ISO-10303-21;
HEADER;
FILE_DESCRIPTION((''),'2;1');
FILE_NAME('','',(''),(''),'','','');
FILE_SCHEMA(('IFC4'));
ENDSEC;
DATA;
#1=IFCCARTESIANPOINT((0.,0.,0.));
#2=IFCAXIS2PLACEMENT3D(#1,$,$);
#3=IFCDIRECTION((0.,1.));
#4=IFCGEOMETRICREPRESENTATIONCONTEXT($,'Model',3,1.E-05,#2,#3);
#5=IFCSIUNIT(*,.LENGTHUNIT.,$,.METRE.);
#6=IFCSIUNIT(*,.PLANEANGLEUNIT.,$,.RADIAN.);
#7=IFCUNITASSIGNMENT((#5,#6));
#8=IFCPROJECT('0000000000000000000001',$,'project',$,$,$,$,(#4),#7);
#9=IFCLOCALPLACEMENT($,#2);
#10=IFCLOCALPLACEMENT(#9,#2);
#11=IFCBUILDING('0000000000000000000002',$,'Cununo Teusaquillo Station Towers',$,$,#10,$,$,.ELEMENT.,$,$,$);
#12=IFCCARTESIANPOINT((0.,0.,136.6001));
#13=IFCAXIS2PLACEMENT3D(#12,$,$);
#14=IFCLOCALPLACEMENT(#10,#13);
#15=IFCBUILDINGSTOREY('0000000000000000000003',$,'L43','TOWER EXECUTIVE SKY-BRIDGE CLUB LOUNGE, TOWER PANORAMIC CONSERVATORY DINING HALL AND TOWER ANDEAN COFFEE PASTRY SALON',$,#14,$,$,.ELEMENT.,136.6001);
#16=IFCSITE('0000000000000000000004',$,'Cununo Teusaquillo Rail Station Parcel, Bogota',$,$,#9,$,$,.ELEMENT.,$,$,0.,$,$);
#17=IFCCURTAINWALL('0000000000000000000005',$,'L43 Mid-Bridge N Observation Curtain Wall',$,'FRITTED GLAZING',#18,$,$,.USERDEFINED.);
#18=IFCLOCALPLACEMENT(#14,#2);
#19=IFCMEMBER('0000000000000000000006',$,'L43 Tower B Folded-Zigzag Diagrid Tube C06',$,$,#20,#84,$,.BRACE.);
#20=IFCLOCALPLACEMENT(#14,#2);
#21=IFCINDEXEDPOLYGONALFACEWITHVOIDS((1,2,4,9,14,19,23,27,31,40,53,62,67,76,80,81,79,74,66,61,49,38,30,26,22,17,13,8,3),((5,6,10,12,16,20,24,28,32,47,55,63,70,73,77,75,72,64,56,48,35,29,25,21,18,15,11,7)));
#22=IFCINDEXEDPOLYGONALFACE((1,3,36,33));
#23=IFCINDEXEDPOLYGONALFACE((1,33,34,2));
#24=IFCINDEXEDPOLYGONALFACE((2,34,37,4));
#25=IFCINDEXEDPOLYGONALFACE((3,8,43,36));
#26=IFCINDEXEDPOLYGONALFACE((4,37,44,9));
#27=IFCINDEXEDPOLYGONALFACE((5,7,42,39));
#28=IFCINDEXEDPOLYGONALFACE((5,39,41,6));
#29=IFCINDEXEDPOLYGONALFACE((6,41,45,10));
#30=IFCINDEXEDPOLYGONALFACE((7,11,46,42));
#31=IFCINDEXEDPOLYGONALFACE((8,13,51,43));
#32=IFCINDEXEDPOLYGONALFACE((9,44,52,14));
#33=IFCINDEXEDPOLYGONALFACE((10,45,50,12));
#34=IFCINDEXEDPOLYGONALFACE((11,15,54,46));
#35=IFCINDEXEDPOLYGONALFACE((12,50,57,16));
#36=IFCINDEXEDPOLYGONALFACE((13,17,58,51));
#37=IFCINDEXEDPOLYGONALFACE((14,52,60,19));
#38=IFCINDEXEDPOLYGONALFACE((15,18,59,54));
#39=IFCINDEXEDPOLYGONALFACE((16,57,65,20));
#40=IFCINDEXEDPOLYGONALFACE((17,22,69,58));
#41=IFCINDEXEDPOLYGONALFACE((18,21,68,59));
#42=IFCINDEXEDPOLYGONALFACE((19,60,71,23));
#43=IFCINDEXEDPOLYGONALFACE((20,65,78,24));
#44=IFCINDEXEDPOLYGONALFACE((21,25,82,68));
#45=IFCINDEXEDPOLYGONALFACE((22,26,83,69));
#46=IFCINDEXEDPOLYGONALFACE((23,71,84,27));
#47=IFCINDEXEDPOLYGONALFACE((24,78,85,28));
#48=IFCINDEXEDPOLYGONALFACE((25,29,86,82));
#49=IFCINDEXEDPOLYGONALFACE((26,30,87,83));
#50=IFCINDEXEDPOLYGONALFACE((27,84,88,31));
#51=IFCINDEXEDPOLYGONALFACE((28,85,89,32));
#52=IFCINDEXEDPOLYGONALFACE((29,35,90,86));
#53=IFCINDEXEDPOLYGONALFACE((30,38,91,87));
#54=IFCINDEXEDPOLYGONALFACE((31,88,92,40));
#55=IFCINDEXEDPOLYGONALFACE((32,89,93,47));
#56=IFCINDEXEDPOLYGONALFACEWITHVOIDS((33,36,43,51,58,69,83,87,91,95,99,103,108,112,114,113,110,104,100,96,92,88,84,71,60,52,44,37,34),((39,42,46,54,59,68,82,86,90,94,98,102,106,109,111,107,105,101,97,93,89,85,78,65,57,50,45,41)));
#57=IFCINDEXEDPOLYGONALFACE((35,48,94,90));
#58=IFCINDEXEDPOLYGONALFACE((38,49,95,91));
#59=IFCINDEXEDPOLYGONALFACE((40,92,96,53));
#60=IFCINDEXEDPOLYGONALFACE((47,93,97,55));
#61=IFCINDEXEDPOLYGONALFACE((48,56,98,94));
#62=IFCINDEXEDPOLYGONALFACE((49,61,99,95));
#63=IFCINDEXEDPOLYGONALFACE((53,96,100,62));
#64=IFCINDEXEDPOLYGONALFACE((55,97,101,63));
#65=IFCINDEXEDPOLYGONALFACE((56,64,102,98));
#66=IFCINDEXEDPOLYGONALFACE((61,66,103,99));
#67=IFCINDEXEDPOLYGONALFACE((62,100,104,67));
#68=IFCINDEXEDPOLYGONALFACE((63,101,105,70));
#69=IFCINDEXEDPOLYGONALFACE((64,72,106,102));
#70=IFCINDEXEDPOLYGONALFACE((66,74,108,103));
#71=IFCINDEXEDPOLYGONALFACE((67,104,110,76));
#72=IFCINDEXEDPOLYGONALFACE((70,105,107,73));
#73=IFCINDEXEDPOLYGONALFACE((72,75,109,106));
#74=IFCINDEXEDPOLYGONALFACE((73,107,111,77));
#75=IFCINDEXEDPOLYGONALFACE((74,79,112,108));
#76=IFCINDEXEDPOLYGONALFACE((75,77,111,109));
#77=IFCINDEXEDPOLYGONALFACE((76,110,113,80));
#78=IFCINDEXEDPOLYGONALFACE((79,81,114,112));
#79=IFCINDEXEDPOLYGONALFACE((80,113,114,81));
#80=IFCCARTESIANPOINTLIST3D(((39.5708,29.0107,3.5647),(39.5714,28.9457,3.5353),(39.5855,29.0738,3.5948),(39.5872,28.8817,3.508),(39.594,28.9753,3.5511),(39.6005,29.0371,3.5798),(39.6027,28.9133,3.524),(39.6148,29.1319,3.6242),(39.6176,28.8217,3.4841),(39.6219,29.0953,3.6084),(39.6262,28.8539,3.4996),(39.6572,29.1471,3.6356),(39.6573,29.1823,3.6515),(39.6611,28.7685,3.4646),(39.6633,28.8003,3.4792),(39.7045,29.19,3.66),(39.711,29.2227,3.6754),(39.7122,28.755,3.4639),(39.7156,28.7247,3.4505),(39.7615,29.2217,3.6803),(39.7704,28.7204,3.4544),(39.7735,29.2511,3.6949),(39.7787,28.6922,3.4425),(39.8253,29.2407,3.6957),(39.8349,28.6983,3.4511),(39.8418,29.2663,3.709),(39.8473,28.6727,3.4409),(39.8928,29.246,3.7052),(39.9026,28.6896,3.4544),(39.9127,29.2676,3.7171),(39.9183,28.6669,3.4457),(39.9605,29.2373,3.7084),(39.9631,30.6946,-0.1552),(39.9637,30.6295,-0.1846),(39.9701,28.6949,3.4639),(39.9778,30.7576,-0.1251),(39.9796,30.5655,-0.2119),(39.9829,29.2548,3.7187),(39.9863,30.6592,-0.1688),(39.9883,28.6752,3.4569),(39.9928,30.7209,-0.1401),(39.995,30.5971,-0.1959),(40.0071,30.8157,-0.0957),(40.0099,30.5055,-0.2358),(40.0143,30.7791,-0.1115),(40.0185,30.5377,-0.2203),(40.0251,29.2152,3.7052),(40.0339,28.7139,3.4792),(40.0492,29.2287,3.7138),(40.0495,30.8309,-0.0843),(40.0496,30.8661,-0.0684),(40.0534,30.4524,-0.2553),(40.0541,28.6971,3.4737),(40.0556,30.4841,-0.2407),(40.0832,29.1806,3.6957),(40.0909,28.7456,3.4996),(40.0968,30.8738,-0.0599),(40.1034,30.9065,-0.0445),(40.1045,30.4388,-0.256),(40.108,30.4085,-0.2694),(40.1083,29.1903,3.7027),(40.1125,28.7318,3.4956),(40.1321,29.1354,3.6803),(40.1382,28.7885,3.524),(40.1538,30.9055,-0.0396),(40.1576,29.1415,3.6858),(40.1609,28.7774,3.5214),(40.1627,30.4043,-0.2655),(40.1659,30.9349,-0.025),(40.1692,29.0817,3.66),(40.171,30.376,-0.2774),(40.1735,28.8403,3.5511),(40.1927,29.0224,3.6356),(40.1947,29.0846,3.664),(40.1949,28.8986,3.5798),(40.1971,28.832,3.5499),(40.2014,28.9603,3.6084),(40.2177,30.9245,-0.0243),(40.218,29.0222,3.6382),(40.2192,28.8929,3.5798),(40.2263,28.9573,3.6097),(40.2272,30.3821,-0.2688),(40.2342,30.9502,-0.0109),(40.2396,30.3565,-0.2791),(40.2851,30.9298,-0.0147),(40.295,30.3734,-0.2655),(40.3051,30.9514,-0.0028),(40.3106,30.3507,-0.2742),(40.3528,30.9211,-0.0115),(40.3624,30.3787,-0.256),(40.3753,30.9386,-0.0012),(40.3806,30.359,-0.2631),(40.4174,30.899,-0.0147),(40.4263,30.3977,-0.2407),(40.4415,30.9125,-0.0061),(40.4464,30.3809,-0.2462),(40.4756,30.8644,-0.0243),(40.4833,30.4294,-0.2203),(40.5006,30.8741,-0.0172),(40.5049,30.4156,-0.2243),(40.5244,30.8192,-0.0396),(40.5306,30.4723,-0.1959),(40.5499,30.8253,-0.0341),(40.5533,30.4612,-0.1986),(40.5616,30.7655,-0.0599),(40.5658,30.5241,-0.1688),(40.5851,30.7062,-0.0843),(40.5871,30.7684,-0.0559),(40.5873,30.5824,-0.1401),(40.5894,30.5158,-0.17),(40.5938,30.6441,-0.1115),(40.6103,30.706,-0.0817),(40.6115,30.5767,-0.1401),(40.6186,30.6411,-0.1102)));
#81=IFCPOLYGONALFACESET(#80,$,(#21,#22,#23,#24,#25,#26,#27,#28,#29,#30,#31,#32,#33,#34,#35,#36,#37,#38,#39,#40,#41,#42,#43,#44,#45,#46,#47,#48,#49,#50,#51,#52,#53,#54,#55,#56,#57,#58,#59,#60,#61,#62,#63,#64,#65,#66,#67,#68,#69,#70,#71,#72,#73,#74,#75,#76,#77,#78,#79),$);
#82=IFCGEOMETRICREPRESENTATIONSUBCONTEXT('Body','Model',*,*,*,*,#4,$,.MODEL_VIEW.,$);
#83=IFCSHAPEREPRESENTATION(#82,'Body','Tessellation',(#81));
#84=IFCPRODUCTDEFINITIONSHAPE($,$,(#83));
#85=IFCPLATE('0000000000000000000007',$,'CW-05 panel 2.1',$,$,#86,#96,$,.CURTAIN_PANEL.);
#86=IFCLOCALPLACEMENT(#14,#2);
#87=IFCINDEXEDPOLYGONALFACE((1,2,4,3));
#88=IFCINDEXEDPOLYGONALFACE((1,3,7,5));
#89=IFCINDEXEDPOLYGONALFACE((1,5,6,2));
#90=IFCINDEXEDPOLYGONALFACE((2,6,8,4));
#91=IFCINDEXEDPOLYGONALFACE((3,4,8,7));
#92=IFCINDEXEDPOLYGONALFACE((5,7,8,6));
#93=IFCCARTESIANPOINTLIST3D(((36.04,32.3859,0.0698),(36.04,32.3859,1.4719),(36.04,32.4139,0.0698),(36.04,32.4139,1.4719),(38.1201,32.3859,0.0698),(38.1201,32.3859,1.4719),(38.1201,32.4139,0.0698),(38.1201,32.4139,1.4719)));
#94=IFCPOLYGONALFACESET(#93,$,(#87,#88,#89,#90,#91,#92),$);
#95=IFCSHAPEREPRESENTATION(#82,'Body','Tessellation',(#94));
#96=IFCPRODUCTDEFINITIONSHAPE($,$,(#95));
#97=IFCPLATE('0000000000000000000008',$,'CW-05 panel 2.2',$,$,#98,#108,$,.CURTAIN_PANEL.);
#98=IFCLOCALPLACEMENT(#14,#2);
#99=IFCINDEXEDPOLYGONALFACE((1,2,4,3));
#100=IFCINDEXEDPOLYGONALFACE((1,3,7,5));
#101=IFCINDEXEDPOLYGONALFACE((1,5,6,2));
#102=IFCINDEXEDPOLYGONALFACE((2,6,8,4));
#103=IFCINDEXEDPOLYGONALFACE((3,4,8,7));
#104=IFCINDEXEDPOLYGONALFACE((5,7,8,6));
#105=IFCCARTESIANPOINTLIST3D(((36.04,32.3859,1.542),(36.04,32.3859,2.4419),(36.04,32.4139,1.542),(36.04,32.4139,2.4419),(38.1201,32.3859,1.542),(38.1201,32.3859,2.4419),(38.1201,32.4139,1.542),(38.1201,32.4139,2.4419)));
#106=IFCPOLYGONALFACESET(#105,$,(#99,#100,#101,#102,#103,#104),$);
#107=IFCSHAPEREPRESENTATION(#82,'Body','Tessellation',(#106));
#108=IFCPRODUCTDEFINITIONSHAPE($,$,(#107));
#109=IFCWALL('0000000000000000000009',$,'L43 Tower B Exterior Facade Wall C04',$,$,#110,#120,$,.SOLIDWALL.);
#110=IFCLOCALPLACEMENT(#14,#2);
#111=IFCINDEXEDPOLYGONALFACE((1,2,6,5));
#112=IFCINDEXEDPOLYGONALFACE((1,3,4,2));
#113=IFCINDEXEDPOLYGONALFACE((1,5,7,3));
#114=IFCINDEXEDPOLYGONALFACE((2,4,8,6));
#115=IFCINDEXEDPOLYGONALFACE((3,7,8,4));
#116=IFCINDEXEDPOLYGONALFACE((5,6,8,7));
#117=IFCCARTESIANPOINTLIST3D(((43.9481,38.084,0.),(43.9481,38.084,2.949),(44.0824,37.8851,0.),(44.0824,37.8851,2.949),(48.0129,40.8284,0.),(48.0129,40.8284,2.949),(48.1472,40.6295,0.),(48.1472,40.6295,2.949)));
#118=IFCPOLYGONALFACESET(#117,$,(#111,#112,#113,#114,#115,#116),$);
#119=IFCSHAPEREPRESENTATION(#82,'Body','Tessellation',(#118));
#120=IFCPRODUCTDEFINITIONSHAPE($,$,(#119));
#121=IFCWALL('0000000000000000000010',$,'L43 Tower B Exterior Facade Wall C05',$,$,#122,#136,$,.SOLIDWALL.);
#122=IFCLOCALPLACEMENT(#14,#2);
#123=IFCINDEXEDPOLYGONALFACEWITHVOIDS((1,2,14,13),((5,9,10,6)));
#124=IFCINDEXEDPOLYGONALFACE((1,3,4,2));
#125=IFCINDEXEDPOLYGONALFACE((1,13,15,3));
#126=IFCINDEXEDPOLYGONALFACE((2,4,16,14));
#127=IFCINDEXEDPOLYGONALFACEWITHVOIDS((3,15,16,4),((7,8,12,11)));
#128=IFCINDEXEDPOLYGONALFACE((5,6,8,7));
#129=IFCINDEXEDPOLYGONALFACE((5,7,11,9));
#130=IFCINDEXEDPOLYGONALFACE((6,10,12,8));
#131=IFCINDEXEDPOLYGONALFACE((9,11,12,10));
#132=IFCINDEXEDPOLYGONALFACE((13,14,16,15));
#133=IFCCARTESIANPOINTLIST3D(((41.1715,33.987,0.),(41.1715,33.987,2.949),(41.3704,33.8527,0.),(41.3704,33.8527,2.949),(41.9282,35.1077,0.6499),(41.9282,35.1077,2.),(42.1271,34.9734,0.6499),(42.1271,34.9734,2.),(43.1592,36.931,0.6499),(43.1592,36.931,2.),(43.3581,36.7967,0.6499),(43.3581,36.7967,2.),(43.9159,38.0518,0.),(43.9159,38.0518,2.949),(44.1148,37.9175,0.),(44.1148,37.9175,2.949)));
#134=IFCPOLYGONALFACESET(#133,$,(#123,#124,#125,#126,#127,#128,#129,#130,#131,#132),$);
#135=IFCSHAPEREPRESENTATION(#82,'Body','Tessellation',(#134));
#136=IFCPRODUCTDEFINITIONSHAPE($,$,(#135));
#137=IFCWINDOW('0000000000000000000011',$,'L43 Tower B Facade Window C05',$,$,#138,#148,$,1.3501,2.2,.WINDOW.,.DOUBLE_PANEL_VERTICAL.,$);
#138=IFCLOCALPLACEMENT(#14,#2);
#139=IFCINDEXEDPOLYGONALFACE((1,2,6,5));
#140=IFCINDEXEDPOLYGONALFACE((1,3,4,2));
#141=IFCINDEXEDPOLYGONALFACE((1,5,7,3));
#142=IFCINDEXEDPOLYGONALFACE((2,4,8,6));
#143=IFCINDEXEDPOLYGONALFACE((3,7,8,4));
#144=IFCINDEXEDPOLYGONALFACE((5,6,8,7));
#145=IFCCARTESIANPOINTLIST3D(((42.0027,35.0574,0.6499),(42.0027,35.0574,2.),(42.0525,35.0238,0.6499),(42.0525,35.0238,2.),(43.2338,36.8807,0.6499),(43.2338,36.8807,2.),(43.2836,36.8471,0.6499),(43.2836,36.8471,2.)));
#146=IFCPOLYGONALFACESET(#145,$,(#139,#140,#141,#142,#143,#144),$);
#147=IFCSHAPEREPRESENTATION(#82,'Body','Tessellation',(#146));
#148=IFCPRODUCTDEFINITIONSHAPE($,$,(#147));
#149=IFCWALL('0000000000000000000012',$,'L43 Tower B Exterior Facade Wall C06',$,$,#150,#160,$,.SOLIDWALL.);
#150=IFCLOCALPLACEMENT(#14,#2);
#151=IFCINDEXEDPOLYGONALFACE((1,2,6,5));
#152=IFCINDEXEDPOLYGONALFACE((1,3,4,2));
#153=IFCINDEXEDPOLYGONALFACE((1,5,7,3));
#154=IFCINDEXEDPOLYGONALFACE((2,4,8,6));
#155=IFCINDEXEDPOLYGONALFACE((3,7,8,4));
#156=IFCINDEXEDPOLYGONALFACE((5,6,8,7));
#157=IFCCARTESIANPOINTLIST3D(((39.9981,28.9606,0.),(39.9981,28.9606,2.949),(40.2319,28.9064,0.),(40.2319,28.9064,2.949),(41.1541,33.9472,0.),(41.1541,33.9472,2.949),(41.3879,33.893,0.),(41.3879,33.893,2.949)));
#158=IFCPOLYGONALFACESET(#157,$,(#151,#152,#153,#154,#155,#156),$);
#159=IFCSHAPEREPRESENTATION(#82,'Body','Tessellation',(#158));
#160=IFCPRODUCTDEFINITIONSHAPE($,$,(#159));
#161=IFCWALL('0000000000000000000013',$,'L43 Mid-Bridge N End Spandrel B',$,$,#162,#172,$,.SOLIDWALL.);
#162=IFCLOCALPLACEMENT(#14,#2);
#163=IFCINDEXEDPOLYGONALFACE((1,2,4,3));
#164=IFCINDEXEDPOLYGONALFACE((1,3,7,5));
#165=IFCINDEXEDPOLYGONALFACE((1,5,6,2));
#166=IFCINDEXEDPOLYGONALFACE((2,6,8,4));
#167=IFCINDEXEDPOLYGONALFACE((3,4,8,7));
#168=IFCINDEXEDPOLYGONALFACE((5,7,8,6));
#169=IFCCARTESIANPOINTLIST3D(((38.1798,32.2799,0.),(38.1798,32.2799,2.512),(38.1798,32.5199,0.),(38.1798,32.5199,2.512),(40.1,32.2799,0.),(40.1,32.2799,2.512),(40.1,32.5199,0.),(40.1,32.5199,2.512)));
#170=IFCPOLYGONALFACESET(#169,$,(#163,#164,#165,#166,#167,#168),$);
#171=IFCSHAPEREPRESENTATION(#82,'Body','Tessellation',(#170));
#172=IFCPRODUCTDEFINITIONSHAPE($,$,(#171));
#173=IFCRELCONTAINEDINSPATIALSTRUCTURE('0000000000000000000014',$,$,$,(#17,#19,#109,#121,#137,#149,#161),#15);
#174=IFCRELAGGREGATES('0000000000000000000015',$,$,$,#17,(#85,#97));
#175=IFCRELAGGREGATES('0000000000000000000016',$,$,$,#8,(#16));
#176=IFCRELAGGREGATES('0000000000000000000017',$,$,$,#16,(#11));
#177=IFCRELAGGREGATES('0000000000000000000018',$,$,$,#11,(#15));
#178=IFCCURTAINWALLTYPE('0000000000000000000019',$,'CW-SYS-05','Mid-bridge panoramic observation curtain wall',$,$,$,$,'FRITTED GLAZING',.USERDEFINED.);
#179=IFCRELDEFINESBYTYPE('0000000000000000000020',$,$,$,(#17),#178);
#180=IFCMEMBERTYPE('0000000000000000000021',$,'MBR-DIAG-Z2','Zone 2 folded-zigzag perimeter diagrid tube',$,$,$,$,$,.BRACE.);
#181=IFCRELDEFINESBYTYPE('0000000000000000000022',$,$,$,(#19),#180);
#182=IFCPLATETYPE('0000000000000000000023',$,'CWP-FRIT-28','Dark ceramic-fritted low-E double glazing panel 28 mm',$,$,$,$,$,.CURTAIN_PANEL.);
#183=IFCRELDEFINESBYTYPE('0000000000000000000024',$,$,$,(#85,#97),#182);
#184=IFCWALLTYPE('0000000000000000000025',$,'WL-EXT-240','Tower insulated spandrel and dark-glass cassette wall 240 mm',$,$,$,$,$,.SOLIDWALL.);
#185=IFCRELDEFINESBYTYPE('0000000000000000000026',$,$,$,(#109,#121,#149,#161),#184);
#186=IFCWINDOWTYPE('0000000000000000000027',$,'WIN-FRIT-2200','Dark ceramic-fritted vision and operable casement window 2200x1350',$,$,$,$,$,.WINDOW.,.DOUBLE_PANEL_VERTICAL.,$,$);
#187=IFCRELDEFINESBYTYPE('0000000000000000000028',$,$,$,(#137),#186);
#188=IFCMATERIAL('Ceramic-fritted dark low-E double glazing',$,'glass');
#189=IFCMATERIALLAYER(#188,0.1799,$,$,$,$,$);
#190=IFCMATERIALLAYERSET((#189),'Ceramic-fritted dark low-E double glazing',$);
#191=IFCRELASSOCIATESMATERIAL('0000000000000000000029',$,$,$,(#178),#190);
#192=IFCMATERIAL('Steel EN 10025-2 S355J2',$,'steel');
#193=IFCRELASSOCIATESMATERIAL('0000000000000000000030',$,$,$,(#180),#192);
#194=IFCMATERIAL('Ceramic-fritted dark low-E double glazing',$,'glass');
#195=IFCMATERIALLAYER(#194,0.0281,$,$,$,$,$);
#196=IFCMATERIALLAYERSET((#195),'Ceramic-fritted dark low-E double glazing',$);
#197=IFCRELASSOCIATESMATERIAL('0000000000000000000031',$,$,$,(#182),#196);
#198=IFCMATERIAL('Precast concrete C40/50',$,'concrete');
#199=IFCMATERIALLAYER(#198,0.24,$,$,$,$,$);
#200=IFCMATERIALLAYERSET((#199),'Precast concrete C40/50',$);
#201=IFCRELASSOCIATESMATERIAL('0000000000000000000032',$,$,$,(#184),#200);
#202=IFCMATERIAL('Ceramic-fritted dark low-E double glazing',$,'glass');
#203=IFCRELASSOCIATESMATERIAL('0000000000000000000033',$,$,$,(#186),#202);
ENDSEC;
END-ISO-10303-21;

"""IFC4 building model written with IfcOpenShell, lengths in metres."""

from ifc_helpers import new_model, si_unit, direction, frame, frame_2d, origin, origin_2d, place, context, subcontext, project, spatial, rectangle, hollow_circle, extrude, source, transform, mapped, material, layer, layer_set, material_profile, profile_set, type_object, element, fill, aggregate, save


model = new_model("IFC4")

# Units and contexts
model_context = context("Model", 3, precision=1e-05, world=origin(), true_north=direction((0.0, 1.0)))
body_context = subcontext(model_context, "Body", "Model", "MODEL_VIEW")
ifc_project = project(units=[si_unit("LENGTHUNIT", "METRE"), si_unit("PLANEANGLEUNIT", "RADIAN")], contexts=[model_context])

# Site, building, storey
site_placement = place(None, origin())
site = spatial("IfcSite", under=ifc_project, at=site_placement, Name="Cununo Teusaquillo Rail Station Parcel, Bogota", CompositionType="ELEMENT", RefElevation=0.0)
building_placement = place(site_placement, origin())
building = spatial("IfcBuilding", under=site, at=building_placement, Name="Cununo Teusaquillo Station Towers", CompositionType="ELEMENT")
storey_placement = place(building_placement, frame((0.0, 0.0, 136.6001)))
storey = spatial("IfcBuildingStorey", under=building, at=storey_placement, Name="L43", Description="TOWER EXECUTIVE SKY-BRIDGE CLUB LOUNGE, TOWER PANORAMIC CONSERVATORY DINING HALL AND TOWER ANDEAN COFFEE PASTRY SALON", CompositionType="ELEMENT", Elevation=136.6001)

# Curtain wall
ifc_material_1 = material(Name="Ceramic-fritted dark low-E double glazing", Category="glass")
ifc_layer_1 = layer(ifc_material_1, 0.1799)
ifc_layer_set_1 = layer_set([ifc_layer_1], Name="Ceramic-fritted dark low-E double glazing")
curtain_wall_type = type_object("IfcCurtainWallType", Name="CW-SYS-05", Description="Mid-bridge panoramic observation curtain wall", ElementType="FRITTED GLAZING", PredefinedType="USERDEFINED", material=ifc_layer_set_1)
curtain_wall_placement = place(storey_placement, origin())
curtain_wall = element("IfcCurtainWall", 1, at=curtain_wall_placement, inside=storey, type_object=curtain_wall_type, Name="L43 Mid-Bridge N Observation Curtain Wall", ObjectType="FRITTED GLAZING", PredefinedType="USERDEFINED")

# Member
ifc_material_2 = material(Name="Steel EN 10025-2 S355J2", Category="steel")
ifc_material_profile_1 = material_profile(ifc_material_2, hollow_circle(Radius=0.3301, WallThickness=0.0249, at=origin_2d()), Name="CHS 660x25")
ifc_profile_set_1 = profile_set([ifc_material_profile_1], Name="Steel EN 10025-2 S355J2")
member_type_1 = type_object("IfcMemberType", Name="MBR-DIAG-Z2", Description="Zone 2 folded-zigzag perimeter diagrid tube", PredefinedType="BRACE", material=ifc_profile_set_1)
member_1_placement = place(storey_placement, frame((40.29, 30.6516, -0.1401), z_axis=(-0.095642, -0.41048, 0.90684), x_axis=(0.973913, -0.226922, 0.0)))
element("IfcMember", 2, at=member_1_placement, inside=storey, type_object=member_type_1, Name="L43 Tower B Folded-Zigzag Diagrid Tube C06", PredefinedType="BRACE", context=body_context, shape_type="SweptSolid", body=[
    extrude(hollow_circle(Radius=0.3301, WallThickness=0.0249, at=origin_2d()), origin(), (0.0, 0.0, 1.0), 4.1021),
])

# Plates
ifc_material_3 = material(Name="Ceramic-fritted dark low-E double glazing", Category="glass")
ifc_layer_2 = layer(ifc_material_3, 0.0281)
ifc_layer_set_2 = layer_set([ifc_layer_2], Name="Ceramic-fritted dark low-E double glazing")
plate_type = type_object("IfcPlateType", Name="CWP-FRIT-28", Description="Dark ceramic-fritted low-E double glazing panel 28 mm", PredefinedType="CURTAIN_PANEL", material=ifc_layer_set_2)
shared_shape_1 = source(origin(), body_context, "Body", "SweptSolid", [
    extrude(rectangle(XDim=2.0801, YDim=0.0281, at=origin_2d()), origin(), (0.0, 0.0, 1.0), 1.4021),
])
plate_1_placement = place(storey_placement, frame((37.0801, 32.3999, 0.0698), z_axis=(0.0, 0.0, 1.0), x_axis=(1.0, 0.0, 0.0)))
plate_1 = element("IfcPlate", 3, at=plate_1_placement, type_object=plate_type, Name="CW-05 panel 2.1", PredefinedType="CURTAIN_PANEL", context=body_context, shape_type="MappedRepresentation", body=[
    mapped(shared_shape_1, transform((0.0, 0.0, 0.0), x_axis=(1.0, 0.0, 0.0), y_axis=(0.0, 1.0, 0.0), z_axis=(0.0, 0.0, 1.0), scale=1.0)),
])
shared_shape_2 = source(origin(), body_context, "Body", "SweptSolid", [
    extrude(rectangle(XDim=2.0801, YDim=0.0281, at=origin_2d()), origin(), (0.0, 0.0, 1.0), 0.8999),
])
plate_2_placement = place(storey_placement, frame((37.0801, 32.3999, 1.542), z_axis=(0.0, 0.0, 1.0), x_axis=(1.0, 0.0, 0.0)))
plate_2 = element("IfcPlate", 4, at=plate_2_placement, type_object=plate_type, Name="CW-05 panel 2.2", PredefinedType="CURTAIN_PANEL", context=body_context, shape_type="MappedRepresentation", body=[
    mapped(shared_shape_2, transform((0.0, 0.0, 0.0), x_axis=(1.0, 0.0, 0.0), y_axis=(0.0, 1.0, 0.0), z_axis=(0.0, 0.0, 1.0), scale=1.0)),
])
aggregate(curtain_wall, [plate_1, plate_2])

# Wall
ifc_material_4 = material(Name="Precast concrete C40/50", Category="concrete")
ifc_layer_3 = layer(ifc_material_4, 0.24)
ifc_layer_set_3 = layer_set([ifc_layer_3], Name="Precast concrete C40/50")
wall_type_1 = type_object("IfcWallType", Name="WL-EXT-240", Description="Tower insulated spandrel and dark-glass cassette wall 240 mm", PredefinedType="SOLIDWALL", material=ifc_layer_set_3)
wall_1_placement = place(storey_placement, frame((44.0154, 37.9846, 0.0), z_axis=(0.0, 0.0, 1.0), x_axis=(0.828781, 0.559573, 0.0)))
element("IfcWall", 5, at=wall_1_placement, inside=storey, type_object=wall_type_1, Name="L43 Tower B Exterior Facade Wall C04", PredefinedType="SOLIDWALL", context=body_context, shape_type="SweptSolid", body=[
    extrude(rectangle(XDim=4.9045, YDim=0.24, at=frame_2d((2.4521, 0.0))), origin(), (0.0, 0.0, 1.0), 2.949),
])

# Wall, opening, window
wall_2_placement = place(storey_placement, frame((41.271, 33.9199, 0.0), z_axis=(0.0, 0.0, 1.0), x_axis=(0.559573, 0.828781, 0.0)))
wall_2 = element("IfcWall", 6, at=wall_2_placement, inside=storey, type_object=wall_type_1, Name="L43 Tower B Exterior Facade Wall C05", PredefinedType="SOLIDWALL", context=body_context, shape_type="SweptSolid", body=[
    extrude(rectangle(XDim=4.9045, YDim=0.24, at=frame_2d((2.4521, 0.0))), origin(), (0.0, 0.0, 1.0), 2.949),
])
shared_shape_3 = source(origin(), body_context, "Body", "SweptSolid", [
    extrude(rectangle(XDim=2.2, YDim=1.3501, at=frame_2d((1.1001, 0.675))), frame((0.0, 0.1299, 0.0), z_axis=(0.0, -1.0, 0.0), x_axis=(1.0, 0.0, 0.0)), (0.0, 0.0, 1.0), 0.26),
])
opening_placement = place(wall_2_placement, frame((1.3521, 0.0, 0.6499)))
opening = element("IfcOpeningElement", 7, at=opening_placement, cuts=wall_2, PredefinedType="OPENING", context=body_context, shape_type="MappedRepresentation", body=[
    mapped(shared_shape_3, transform((0.0, 0.0, 0.0), x_axis=(1.0, 0.0, 0.0), y_axis=(0.0, 1.0, 0.0), z_axis=(0.0, 0.0, 1.0), scale=1.0)),
])
ifc_material_5 = material(Name="Ceramic-fritted dark low-E double glazing", Category="glass")
window_type = type_object("IfcWindowType", Name="WIN-FRIT-2200", Description="Dark ceramic-fritted vision and operable casement window 2200x1350", PartitioningType="DOUBLE_PANEL_VERTICAL", PredefinedType="WINDOW", material=ifc_material_5)
shared_shape_4 = source(origin(), body_context, "Body", "SweptSolid", [
    extrude(rectangle(XDim=2.2, YDim=1.3501, at=frame_2d((1.1001, 0.675))), frame((0.0, 0.03, 0.0), z_axis=(0.0, -1.0, 0.0), x_axis=(1.0, 0.0, 0.0)), (0.0, 0.0, 1.0), 0.0601),
])
window_placement = place(opening_placement, origin())
window = element("IfcWindow", 8, at=window_placement, inside=storey, type_object=window_type, Name="L43 Tower B Facade Window C05", OverallHeight=1.3501, OverallWidth=2.2, PartitioningType="DOUBLE_PANEL_VERTICAL", PredefinedType="WINDOW", context=body_context, shape_type="MappedRepresentation", body=[
    mapped(shared_shape_4, transform((0.0, 0.0, 0.0), x_axis=(1.0, 0.0, 0.0), y_axis=(0.0, 1.0, 0.0), z_axis=(0.0, 0.0, 1.0), scale=1.0)),
])
fill(opening, window)

# Walls
wall_3_placement = place(storey_placement, frame((40.115, 28.9333, 0.0), z_axis=(0.0, 0.0, 1.0), x_axis=(0.225835, 0.974166, 0.0)))
element("IfcWall", 9, at=wall_3_placement, inside=storey, type_object=wall_type_1, Name="L43 Tower B Exterior Facade Wall C06", PredefinedType="SOLIDWALL", context=body_context, shape_type="SweptSolid", body=[
    extrude(rectangle(XDim=5.1189, YDim=0.24, at=frame_2d((2.5596, 0.0))), origin(), (0.0, 0.0, 1.0), 2.949),
])
wall_4_placement = place(storey_placement, frame((38.1799, 32.3999, 0.0), z_axis=(0.0, 0.0, 1.0), x_axis=(1.0, 0.0, 0.0)))
element("IfcWall", 10, at=wall_4_placement, inside=storey, type_object=wall_type_1, Name="L43 Mid-Bridge N End Spandrel B", PredefinedType="SOLIDWALL", context=body_context, shape_type="SweptSolid", body=[
    extrude(rectangle(XDim=1.9202, YDim=0.24, at=frame_2d((0.96, 0.0))), origin(), (0.0, 0.0, 1.0), 2.512),
])

save(model, "model.ifc")
